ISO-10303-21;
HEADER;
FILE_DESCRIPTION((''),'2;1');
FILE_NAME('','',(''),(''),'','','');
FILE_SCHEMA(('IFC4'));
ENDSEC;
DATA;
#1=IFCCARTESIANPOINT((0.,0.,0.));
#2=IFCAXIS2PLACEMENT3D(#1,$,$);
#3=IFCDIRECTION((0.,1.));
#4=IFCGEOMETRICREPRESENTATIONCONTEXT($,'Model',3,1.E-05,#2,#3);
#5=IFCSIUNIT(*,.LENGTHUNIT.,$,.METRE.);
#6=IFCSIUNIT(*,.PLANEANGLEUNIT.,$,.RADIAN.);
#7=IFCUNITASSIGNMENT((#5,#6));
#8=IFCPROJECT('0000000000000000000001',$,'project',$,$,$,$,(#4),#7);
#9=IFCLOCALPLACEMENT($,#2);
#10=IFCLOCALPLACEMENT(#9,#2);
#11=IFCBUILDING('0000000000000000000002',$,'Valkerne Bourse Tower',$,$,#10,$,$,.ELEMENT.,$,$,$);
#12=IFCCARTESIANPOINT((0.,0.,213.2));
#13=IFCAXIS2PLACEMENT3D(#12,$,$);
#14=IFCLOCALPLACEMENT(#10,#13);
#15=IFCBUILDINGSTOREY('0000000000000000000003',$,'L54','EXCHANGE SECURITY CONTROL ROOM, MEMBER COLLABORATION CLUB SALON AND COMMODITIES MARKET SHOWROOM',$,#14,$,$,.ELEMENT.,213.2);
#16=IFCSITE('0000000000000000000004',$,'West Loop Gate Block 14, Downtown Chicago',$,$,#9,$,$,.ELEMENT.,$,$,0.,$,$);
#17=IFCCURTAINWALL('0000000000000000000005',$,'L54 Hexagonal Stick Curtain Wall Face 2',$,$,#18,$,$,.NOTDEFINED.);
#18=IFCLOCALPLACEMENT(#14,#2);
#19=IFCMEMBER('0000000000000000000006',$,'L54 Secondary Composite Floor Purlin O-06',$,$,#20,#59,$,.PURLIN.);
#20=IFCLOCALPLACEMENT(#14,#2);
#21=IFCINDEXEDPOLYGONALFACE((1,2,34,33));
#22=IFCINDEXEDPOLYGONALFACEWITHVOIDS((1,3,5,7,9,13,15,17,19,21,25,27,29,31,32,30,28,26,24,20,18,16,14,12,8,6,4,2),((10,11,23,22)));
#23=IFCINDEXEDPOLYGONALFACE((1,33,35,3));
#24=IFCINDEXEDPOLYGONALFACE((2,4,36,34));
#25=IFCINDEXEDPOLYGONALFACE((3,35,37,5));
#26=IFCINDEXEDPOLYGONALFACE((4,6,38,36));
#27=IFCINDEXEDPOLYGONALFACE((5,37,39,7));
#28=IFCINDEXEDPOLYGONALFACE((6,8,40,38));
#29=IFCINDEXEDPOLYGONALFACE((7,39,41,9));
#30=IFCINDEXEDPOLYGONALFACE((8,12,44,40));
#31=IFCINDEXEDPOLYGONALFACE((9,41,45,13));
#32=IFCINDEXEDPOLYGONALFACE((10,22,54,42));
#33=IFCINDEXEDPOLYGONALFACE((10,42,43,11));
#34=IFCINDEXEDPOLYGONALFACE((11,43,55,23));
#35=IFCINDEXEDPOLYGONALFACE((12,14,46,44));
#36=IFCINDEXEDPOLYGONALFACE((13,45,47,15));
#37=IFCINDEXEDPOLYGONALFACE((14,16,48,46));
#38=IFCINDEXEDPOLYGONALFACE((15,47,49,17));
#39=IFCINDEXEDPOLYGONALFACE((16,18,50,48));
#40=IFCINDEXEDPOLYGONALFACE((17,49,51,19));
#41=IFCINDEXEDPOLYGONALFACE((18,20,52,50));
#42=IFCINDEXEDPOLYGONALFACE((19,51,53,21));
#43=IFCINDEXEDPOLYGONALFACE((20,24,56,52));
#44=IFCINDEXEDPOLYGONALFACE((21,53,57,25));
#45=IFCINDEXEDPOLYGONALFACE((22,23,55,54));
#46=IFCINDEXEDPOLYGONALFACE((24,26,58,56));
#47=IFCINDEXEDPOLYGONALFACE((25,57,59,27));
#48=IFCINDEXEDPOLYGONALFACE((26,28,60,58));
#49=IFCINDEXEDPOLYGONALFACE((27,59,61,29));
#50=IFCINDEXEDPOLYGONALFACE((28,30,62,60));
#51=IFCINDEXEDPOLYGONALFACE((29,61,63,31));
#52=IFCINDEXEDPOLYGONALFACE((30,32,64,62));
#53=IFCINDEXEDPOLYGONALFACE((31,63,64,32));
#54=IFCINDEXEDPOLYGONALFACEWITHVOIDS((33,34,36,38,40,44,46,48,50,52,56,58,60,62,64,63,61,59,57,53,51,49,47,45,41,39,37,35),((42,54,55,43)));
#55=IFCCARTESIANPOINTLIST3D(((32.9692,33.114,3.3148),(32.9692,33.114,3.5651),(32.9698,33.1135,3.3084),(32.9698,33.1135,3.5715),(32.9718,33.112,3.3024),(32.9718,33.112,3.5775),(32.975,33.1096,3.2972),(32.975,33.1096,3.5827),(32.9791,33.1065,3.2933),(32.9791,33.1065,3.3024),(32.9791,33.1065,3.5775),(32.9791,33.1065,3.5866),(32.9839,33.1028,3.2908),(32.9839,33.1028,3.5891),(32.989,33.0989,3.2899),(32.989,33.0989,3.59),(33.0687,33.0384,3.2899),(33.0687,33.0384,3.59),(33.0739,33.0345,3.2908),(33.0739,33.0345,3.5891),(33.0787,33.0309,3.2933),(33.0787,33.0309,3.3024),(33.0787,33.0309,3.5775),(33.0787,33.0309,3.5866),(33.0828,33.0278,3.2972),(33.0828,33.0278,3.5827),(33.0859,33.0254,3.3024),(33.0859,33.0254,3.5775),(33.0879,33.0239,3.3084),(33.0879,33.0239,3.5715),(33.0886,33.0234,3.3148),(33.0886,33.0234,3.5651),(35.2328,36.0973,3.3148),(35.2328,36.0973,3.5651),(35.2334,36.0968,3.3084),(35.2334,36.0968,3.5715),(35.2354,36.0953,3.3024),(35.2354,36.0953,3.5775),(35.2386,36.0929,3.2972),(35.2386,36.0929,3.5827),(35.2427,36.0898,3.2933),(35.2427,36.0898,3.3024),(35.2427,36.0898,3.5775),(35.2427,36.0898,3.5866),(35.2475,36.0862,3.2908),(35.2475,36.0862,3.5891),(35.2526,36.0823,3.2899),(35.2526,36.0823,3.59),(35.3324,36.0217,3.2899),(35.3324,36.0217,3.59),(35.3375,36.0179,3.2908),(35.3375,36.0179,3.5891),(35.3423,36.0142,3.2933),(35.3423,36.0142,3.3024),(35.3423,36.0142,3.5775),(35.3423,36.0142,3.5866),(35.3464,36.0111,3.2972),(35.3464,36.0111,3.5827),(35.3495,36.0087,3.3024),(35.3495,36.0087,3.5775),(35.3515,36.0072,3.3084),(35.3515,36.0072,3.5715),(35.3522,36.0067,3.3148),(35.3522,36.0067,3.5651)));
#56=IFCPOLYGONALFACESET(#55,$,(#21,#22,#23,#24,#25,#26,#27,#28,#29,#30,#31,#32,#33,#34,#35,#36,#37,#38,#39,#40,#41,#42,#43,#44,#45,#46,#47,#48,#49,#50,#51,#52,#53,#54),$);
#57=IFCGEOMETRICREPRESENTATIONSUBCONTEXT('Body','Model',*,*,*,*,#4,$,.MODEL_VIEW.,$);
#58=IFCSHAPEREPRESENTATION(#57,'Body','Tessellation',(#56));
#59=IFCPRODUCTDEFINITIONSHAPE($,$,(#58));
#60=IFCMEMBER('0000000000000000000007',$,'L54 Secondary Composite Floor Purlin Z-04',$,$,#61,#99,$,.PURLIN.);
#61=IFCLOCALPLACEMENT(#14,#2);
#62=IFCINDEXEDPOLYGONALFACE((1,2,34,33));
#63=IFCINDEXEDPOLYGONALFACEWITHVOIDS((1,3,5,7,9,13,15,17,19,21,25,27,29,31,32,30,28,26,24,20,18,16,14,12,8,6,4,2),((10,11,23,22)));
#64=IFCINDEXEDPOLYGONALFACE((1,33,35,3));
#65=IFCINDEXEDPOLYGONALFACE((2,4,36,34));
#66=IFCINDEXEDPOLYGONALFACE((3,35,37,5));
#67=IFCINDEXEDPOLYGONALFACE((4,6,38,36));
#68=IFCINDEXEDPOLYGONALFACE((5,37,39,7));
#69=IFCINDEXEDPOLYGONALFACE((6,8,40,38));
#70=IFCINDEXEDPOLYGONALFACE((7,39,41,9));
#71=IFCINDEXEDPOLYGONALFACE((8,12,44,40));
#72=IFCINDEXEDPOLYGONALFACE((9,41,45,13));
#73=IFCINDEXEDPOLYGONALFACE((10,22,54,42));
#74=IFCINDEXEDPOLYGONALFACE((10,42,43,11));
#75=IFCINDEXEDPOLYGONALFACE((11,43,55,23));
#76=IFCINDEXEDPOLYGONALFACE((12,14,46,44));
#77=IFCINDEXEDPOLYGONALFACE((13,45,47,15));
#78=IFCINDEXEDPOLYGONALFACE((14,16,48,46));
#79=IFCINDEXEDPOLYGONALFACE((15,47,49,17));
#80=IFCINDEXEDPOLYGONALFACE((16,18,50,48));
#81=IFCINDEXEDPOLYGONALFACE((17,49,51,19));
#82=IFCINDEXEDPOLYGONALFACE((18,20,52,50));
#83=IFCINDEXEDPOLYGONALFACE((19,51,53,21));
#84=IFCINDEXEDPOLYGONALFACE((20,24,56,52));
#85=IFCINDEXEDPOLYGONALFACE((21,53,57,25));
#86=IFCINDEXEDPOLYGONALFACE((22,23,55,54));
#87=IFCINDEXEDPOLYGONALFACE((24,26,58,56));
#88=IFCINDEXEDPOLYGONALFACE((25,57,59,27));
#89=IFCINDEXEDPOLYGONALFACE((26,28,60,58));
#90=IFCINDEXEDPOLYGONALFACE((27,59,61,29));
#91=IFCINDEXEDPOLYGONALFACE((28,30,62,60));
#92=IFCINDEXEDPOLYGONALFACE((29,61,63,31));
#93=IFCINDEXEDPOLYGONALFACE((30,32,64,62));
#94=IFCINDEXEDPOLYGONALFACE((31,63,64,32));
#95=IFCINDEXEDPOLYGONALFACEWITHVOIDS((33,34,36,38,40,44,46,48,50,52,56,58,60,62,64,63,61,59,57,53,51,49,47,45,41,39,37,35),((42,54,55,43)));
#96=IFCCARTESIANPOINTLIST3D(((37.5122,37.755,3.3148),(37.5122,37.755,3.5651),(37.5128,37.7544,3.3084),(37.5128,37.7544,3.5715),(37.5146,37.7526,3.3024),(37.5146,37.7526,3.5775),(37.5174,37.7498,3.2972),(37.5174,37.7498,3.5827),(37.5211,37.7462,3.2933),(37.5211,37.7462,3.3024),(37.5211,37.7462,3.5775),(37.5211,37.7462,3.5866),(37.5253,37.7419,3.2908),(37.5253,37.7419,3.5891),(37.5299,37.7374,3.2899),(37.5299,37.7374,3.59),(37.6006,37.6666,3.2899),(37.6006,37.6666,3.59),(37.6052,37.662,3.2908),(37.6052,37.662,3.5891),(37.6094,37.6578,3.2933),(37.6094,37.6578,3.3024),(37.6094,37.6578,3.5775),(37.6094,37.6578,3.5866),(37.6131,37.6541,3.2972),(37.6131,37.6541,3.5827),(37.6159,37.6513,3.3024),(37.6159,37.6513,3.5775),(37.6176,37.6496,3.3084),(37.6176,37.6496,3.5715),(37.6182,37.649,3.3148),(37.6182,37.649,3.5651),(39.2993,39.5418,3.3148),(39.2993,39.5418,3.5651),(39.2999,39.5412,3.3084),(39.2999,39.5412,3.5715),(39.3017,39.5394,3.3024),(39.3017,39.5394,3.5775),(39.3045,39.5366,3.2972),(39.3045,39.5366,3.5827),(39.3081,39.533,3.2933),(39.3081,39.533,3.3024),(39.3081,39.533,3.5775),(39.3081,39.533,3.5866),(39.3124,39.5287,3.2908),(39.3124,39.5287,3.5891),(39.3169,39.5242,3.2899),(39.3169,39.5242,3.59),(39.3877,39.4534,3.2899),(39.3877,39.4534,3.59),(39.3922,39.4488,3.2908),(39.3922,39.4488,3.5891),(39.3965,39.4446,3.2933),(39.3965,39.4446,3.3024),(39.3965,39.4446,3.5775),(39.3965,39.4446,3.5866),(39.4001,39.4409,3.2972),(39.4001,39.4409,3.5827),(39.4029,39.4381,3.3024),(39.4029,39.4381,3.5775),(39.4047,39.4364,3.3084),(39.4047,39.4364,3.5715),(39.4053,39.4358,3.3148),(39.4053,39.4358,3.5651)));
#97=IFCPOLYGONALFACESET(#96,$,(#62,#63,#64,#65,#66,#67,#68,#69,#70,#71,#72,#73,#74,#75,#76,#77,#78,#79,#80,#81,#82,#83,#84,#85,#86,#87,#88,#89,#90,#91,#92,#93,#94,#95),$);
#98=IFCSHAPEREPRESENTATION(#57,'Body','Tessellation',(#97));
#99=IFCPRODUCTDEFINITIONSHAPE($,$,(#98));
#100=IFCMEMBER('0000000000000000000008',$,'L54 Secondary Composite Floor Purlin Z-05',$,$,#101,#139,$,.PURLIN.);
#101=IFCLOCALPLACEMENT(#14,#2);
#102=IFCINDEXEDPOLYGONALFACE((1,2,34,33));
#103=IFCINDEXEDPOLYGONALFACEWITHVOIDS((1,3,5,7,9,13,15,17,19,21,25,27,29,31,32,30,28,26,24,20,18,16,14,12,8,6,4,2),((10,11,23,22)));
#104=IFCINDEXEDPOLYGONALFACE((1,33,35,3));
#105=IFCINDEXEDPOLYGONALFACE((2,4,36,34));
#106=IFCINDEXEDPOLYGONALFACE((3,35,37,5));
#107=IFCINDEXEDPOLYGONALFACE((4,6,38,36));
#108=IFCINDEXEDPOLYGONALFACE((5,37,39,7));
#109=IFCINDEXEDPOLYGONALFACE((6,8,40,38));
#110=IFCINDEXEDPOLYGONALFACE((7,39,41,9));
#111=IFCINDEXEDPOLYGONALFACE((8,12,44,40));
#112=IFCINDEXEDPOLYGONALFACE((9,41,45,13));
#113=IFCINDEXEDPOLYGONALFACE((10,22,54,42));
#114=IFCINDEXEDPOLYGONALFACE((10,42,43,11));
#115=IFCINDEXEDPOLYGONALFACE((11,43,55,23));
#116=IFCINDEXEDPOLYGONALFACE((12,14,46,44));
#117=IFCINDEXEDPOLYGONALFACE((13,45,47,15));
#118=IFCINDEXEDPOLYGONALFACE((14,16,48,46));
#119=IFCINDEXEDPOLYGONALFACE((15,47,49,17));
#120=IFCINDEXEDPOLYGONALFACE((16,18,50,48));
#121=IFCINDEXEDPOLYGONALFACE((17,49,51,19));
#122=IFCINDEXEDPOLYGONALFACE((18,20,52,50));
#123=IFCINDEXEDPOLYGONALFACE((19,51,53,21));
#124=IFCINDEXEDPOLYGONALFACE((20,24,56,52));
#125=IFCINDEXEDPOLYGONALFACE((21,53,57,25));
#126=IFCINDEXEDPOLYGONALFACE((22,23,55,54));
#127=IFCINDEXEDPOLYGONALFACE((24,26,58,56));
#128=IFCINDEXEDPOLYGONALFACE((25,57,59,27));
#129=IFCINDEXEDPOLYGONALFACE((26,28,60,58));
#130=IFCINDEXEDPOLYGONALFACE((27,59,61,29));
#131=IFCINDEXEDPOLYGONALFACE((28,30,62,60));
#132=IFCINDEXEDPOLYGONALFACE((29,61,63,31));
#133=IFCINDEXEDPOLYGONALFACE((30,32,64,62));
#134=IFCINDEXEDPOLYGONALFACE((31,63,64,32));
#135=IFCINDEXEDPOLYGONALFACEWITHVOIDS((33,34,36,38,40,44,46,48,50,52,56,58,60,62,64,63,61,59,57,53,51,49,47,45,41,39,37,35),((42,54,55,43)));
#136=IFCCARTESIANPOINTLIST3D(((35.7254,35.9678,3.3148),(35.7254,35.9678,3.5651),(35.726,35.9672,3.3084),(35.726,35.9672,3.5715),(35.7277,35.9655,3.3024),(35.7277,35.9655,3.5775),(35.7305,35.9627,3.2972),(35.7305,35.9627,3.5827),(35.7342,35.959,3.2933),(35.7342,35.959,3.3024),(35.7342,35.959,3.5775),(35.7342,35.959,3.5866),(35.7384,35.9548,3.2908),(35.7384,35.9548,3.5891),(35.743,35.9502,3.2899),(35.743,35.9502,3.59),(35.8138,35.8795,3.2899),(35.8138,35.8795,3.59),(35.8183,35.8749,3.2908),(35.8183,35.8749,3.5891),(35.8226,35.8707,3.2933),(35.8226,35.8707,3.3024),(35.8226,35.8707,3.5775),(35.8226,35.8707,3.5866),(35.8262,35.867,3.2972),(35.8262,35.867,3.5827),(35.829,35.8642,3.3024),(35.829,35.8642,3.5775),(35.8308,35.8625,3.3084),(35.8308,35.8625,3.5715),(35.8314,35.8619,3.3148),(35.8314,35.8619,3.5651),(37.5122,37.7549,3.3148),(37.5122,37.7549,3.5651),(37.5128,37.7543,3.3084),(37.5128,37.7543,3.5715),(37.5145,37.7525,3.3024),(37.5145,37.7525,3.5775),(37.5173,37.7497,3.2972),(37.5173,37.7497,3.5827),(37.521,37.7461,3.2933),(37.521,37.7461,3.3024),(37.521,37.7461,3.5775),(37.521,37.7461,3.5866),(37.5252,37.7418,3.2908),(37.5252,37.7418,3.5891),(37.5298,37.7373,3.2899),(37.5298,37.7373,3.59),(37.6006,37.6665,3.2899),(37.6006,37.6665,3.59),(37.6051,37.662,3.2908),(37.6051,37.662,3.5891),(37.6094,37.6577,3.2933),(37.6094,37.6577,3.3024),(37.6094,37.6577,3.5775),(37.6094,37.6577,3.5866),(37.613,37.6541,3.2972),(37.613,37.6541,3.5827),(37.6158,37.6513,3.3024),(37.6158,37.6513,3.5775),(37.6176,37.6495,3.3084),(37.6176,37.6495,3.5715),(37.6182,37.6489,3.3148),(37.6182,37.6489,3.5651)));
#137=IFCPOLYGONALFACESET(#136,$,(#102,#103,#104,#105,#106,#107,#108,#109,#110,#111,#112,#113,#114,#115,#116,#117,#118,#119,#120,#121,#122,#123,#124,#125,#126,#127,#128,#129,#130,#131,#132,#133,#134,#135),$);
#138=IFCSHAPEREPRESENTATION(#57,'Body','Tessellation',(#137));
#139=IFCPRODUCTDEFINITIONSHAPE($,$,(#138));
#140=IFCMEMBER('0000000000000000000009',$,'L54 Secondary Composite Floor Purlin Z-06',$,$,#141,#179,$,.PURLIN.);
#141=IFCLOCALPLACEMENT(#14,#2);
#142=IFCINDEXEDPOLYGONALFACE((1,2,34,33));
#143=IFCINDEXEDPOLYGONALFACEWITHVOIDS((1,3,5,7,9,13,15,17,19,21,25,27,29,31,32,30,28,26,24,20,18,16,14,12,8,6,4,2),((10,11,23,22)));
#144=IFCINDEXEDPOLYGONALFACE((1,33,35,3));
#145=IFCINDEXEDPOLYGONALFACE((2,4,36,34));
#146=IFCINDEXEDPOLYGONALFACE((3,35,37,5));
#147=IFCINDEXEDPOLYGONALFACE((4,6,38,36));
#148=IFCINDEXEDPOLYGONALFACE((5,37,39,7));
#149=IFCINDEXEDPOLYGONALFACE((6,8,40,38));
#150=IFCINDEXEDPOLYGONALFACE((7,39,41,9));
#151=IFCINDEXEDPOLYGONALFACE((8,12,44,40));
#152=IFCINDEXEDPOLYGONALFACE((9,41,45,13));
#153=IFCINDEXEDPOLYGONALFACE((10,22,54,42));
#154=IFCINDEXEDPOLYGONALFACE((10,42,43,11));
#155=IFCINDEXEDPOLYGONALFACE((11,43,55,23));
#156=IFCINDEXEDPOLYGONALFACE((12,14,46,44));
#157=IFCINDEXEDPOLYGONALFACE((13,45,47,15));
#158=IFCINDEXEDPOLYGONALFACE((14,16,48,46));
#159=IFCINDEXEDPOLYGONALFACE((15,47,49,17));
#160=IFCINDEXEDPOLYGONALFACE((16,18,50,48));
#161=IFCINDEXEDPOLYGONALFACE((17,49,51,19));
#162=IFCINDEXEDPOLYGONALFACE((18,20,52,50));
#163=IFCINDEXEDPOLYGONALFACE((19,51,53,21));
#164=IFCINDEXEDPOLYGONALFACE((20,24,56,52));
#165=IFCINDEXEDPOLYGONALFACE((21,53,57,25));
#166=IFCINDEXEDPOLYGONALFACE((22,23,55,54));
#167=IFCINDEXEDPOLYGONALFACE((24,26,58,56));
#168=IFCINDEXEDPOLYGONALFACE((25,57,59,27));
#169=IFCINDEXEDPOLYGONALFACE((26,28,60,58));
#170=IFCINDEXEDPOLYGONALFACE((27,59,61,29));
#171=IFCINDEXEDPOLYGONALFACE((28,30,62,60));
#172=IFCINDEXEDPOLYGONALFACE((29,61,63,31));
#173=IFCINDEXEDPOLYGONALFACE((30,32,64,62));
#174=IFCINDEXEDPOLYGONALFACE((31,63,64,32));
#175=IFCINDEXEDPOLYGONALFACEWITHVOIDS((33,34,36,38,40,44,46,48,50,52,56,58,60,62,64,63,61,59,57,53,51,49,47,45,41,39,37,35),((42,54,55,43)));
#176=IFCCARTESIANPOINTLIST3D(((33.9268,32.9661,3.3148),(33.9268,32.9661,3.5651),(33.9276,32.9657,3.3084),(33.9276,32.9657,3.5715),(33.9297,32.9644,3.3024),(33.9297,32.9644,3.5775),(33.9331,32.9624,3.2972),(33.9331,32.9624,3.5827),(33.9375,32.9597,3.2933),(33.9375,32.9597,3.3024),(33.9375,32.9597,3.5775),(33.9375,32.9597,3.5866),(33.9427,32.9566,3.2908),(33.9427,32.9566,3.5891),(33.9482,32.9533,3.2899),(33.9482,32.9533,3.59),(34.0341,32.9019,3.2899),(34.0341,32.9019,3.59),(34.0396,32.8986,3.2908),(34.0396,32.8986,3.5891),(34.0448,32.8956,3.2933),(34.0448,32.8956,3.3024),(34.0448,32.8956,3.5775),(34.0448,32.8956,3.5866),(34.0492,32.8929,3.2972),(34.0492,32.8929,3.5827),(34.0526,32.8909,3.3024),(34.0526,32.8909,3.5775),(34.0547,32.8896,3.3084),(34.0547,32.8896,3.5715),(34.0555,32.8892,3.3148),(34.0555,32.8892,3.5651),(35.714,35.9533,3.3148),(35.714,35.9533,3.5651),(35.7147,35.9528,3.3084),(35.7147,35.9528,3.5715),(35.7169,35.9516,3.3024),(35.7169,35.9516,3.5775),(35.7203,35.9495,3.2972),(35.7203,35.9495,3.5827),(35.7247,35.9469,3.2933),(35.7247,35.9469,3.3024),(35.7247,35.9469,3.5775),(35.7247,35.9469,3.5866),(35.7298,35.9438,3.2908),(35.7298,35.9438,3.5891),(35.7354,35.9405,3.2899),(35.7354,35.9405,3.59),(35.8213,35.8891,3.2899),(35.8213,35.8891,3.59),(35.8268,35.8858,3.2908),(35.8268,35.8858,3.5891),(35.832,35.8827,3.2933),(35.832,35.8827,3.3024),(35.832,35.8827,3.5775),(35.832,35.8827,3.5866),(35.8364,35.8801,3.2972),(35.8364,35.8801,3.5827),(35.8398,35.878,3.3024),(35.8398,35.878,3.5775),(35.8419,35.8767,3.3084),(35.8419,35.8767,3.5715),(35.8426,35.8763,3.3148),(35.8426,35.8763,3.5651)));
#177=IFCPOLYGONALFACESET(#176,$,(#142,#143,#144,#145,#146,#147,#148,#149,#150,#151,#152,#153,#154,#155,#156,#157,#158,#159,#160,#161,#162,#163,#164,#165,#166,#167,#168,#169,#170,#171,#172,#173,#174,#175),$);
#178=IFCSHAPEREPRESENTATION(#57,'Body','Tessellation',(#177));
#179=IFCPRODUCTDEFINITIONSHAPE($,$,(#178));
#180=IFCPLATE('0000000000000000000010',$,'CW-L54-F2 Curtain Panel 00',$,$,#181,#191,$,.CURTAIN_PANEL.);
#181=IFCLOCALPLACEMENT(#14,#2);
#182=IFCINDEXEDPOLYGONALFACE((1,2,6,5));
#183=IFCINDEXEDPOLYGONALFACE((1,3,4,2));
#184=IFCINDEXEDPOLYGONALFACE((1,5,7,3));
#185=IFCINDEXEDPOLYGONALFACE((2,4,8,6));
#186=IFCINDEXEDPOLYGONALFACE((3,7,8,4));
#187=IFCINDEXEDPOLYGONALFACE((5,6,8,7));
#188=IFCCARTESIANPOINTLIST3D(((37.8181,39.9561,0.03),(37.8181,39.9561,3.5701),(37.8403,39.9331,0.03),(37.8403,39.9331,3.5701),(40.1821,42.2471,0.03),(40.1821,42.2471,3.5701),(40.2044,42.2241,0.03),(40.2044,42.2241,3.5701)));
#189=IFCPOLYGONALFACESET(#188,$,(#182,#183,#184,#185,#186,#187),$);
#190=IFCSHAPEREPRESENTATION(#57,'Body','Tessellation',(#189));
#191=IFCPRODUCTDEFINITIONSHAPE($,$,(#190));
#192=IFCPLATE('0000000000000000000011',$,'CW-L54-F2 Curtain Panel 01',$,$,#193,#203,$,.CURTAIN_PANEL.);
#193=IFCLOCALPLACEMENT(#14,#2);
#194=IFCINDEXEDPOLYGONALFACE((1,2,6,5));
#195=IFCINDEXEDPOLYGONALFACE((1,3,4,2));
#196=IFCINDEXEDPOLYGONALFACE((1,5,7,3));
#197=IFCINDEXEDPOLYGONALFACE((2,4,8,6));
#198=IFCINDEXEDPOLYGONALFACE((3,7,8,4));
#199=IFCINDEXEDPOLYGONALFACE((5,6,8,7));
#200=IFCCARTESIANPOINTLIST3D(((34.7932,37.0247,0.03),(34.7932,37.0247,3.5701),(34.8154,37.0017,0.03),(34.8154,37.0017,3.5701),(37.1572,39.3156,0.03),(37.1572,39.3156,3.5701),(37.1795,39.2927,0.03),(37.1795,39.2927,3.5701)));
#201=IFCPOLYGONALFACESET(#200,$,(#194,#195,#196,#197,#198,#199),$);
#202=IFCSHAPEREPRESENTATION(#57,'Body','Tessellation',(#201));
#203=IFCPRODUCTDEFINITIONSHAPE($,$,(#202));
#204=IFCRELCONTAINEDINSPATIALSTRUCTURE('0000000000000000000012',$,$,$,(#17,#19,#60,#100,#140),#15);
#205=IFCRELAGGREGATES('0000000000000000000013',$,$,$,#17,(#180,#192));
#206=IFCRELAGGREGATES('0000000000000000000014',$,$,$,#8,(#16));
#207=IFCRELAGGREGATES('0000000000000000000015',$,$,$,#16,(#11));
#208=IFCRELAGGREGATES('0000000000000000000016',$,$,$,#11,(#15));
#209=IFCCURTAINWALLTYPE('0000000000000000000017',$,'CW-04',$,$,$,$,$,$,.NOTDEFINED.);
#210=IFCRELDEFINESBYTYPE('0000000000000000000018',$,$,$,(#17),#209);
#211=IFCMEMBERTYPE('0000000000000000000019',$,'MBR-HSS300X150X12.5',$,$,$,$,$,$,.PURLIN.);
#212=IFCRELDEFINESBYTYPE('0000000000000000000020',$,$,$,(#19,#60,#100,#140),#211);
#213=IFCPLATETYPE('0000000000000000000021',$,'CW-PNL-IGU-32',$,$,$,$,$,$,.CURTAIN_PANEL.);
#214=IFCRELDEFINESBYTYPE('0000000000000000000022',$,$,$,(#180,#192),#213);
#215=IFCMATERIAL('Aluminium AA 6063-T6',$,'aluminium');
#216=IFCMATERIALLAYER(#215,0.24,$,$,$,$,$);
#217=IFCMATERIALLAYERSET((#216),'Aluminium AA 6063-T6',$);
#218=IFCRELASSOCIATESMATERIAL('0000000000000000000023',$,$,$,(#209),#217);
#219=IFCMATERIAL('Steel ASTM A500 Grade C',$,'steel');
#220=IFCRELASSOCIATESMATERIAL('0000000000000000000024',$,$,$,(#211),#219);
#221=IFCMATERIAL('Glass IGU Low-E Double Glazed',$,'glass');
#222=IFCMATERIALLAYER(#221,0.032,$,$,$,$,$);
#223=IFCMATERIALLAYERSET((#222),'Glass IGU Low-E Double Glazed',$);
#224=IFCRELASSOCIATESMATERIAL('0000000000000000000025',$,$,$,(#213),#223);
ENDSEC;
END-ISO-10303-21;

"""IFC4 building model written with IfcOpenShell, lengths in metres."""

from ifc_helpers import new_model, si_unit, direction, frame, origin, origin_2d, place, context, subcontext, project, spatial, rectangle, hollow_rectangle, extrude, material, layer, layer_set, material_profile, profile_set, type_object, element, aggregate, save


model = new_model("IFC4")

# Units and contexts
model_context = context("Model", 3, precision=1e-05, world=origin(), true_north=direction((0.0, 1.0)))
body_context = subcontext(model_context, "Body", "Model", "MODEL_VIEW")
ifc_project = project(units=[si_unit("LENGTHUNIT", "METRE"), si_unit("PLANEANGLEUNIT", "RADIAN")], contexts=[model_context])

# Site, building, storey
site_placement = place(None, origin())
site = spatial("IfcSite", under=ifc_project, at=site_placement, Name="West Loop Gate Block 14, Downtown Chicago", CompositionType="ELEMENT", RefElevation=0.0)
building_placement = place(site_placement, origin())
building = spatial("IfcBuilding", under=site, at=building_placement, Name="Valkerne Bourse Tower", CompositionType="ELEMENT")
storey_placement = place(building_placement, frame((0.0, 0.0, 213.2)))
storey = spatial("IfcBuildingStorey", under=building, at=storey_placement, Name="L54", Description="EXCHANGE SECURITY CONTROL ROOM, MEMBER COLLABORATION CLUB SALON AND COMMODITIES MARKET SHOWROOM", CompositionType="ELEMENT", Elevation=213.2)

# Curtain wall
ifc_material_1 = material(Name="Aluminium AA 6063-T6", Category="aluminium")
ifc_layer_1 = layer(ifc_material_1, 0.24)
ifc_layer_set_1 = layer_set([ifc_layer_1], Name="Aluminium AA 6063-T6")
curtain_wall_type = type_object("IfcCurtainWallType", Name="CW-04", PredefinedType="NOTDEFINED", material=ifc_layer_set_1)
curtain_wall_placement = place(storey_placement, origin())
curtain_wall = element("IfcCurtainWall", 1, at=curtain_wall_placement, inside=storey, type_object=curtain_wall_type, Name="L54 Hexagonal Stick Curtain Wall Face 2", PredefinedType="NOTDEFINED")

# Members
ifc_material_2 = material(Name="Steel ASTM A500 Grade C", Category="steel")
ifc_material_profile_1 = material_profile(ifc_material_2, hollow_rectangle(XDim=0.1499, YDim=0.3, WallThickness=0.0125, OuterFilletRadius=0.0249, at=origin_2d()), Name="HSS300X150X12.5")
ifc_profile_set_1 = profile_set([ifc_material_profile_1], Name="Steel ASTM A500 Grade C")
member_type_1 = type_object("IfcMemberType", Name="MBR-HSS300X150X12.5", PredefinedType="PURLIN", material=ifc_profile_set_1)
member_1_placement = place(storey_placement, frame((35.2925, 36.052, 3.4399), z_axis=(-0.604455, -0.796639, 0.0), x_axis=(0.796639, -0.604455, 0.0)))
element("IfcMember", 2, at=member_1_placement, inside=storey, type_object=member_type_1, Name="L54 Secondary Composite Floor Purlin O-06", PredefinedType="PURLIN", context=body_context, shape_type="SweptSolid", body=[
    extrude(hollow_rectangle(XDim=0.1499, YDim=0.3, WallThickness=0.0125, OuterFilletRadius=0.0249, at=origin_2d()), origin(), (0.0, 0.0, 1.0), 3.7449),
])
for number, where, z_axis, x_axis, name in (
    (3, (39.3523, 39.4888, 3.4399), (-0.707155, -0.707058, 0.0), (0.707058, -0.707155, 0.0), "L54 Secondary Composite Floor Purlin Z-04"),
    (4, (37.5652, 37.7019, 3.4399), (-0.707058, -0.707155, 0.0), (0.707155, -0.707058, 0.0), "L54 Secondary Composite Floor Purlin Z-05"),
):
    element("IfcMember", number, at=place(storey_placement, frame(where, z_axis=z_axis, x_axis=x_axis)), inside=storey, type_object=member_type_1, Name=name, PredefinedType="PURLIN", context=body_context, shape_type="SweptSolid", body=[
        extrude(hollow_rectangle(XDim=0.1499, YDim=0.3, WallThickness=0.0125, OuterFilletRadius=0.0249, at=origin_2d()), origin(), (0.0, 0.0, 1.0), 2.5271),
    ])
member_2_placement = place(storey_placement, frame((35.7783, 35.9148, 3.4399), z_axis=(-0.513412, -0.858142, 0.0), x_axis=(0.858142, -0.513412, 0.0)))
element("IfcMember", 5, at=member_2_placement, inside=storey, type_object=member_type_1, Name="L54 Secondary Composite Floor Purlin Z-06", PredefinedType="PURLIN", context=body_context, shape_type="SweptSolid", body=[
    extrude(hollow_rectangle(XDim=0.1499, YDim=0.3, WallThickness=0.0125, OuterFilletRadius=0.0249, at=origin_2d()), origin(), (0.0, 0.0, 1.0), 3.481),
])

# Plates
ifc_material_3 = material(Name="Glass IGU Low-E Double Glazed", Category="glass")
ifc_layer_2 = layer(ifc_material_3, 0.032)
ifc_layer_set_2 = layer_set([ifc_layer_2], Name="Glass IGU Low-E Double Glazed")
plate_type = type_object("IfcPlateType", Name="CW-PNL-IGU-32", PredefinedType="CURTAIN_PANEL", material=ifc_layer_set_2)
plate_1_placement = place(storey_placement, frame((39.0112, 41.0901, 0.03), z_axis=(0.0, 0.0, 1.0), x_axis=(-0.718119, -0.69592, 0.0)))
plate_1 = element("IfcPlate", 6, at=plate_1_placement, type_object=plate_type, Name="CW-L54-F2 Curtain Panel 00", PredefinedType="CURTAIN_PANEL", context=body_context, shape_type="SweptSolid", body=[
    extrude(rectangle(XDim=3.292, YDim=0.032, at=origin_2d()), origin(), (0.0, 0.0, 1.0), 3.54),
])
plate_2_placement = place(storey_placement, frame((35.9863, 38.1587, 0.03), z_axis=(0.0, 0.0, 1.0), x_axis=(-0.71813, -0.695908, 0.0)))
plate_2 = element("IfcPlate", 7, at=plate_2_placement, type_object=plate_type, Name="CW-L54-F2 Curtain Panel 01", PredefinedType="CURTAIN_PANEL", context=body_context, shape_type="SweptSolid", body=[
    extrude(rectangle(XDim=3.292, YDim=0.032, at=origin_2d()), origin(), (0.0, 0.0, 1.0), 3.54),
])
aggregate(curtain_wall, [plate_1, plate_2])

save(model, "model.ifc")
